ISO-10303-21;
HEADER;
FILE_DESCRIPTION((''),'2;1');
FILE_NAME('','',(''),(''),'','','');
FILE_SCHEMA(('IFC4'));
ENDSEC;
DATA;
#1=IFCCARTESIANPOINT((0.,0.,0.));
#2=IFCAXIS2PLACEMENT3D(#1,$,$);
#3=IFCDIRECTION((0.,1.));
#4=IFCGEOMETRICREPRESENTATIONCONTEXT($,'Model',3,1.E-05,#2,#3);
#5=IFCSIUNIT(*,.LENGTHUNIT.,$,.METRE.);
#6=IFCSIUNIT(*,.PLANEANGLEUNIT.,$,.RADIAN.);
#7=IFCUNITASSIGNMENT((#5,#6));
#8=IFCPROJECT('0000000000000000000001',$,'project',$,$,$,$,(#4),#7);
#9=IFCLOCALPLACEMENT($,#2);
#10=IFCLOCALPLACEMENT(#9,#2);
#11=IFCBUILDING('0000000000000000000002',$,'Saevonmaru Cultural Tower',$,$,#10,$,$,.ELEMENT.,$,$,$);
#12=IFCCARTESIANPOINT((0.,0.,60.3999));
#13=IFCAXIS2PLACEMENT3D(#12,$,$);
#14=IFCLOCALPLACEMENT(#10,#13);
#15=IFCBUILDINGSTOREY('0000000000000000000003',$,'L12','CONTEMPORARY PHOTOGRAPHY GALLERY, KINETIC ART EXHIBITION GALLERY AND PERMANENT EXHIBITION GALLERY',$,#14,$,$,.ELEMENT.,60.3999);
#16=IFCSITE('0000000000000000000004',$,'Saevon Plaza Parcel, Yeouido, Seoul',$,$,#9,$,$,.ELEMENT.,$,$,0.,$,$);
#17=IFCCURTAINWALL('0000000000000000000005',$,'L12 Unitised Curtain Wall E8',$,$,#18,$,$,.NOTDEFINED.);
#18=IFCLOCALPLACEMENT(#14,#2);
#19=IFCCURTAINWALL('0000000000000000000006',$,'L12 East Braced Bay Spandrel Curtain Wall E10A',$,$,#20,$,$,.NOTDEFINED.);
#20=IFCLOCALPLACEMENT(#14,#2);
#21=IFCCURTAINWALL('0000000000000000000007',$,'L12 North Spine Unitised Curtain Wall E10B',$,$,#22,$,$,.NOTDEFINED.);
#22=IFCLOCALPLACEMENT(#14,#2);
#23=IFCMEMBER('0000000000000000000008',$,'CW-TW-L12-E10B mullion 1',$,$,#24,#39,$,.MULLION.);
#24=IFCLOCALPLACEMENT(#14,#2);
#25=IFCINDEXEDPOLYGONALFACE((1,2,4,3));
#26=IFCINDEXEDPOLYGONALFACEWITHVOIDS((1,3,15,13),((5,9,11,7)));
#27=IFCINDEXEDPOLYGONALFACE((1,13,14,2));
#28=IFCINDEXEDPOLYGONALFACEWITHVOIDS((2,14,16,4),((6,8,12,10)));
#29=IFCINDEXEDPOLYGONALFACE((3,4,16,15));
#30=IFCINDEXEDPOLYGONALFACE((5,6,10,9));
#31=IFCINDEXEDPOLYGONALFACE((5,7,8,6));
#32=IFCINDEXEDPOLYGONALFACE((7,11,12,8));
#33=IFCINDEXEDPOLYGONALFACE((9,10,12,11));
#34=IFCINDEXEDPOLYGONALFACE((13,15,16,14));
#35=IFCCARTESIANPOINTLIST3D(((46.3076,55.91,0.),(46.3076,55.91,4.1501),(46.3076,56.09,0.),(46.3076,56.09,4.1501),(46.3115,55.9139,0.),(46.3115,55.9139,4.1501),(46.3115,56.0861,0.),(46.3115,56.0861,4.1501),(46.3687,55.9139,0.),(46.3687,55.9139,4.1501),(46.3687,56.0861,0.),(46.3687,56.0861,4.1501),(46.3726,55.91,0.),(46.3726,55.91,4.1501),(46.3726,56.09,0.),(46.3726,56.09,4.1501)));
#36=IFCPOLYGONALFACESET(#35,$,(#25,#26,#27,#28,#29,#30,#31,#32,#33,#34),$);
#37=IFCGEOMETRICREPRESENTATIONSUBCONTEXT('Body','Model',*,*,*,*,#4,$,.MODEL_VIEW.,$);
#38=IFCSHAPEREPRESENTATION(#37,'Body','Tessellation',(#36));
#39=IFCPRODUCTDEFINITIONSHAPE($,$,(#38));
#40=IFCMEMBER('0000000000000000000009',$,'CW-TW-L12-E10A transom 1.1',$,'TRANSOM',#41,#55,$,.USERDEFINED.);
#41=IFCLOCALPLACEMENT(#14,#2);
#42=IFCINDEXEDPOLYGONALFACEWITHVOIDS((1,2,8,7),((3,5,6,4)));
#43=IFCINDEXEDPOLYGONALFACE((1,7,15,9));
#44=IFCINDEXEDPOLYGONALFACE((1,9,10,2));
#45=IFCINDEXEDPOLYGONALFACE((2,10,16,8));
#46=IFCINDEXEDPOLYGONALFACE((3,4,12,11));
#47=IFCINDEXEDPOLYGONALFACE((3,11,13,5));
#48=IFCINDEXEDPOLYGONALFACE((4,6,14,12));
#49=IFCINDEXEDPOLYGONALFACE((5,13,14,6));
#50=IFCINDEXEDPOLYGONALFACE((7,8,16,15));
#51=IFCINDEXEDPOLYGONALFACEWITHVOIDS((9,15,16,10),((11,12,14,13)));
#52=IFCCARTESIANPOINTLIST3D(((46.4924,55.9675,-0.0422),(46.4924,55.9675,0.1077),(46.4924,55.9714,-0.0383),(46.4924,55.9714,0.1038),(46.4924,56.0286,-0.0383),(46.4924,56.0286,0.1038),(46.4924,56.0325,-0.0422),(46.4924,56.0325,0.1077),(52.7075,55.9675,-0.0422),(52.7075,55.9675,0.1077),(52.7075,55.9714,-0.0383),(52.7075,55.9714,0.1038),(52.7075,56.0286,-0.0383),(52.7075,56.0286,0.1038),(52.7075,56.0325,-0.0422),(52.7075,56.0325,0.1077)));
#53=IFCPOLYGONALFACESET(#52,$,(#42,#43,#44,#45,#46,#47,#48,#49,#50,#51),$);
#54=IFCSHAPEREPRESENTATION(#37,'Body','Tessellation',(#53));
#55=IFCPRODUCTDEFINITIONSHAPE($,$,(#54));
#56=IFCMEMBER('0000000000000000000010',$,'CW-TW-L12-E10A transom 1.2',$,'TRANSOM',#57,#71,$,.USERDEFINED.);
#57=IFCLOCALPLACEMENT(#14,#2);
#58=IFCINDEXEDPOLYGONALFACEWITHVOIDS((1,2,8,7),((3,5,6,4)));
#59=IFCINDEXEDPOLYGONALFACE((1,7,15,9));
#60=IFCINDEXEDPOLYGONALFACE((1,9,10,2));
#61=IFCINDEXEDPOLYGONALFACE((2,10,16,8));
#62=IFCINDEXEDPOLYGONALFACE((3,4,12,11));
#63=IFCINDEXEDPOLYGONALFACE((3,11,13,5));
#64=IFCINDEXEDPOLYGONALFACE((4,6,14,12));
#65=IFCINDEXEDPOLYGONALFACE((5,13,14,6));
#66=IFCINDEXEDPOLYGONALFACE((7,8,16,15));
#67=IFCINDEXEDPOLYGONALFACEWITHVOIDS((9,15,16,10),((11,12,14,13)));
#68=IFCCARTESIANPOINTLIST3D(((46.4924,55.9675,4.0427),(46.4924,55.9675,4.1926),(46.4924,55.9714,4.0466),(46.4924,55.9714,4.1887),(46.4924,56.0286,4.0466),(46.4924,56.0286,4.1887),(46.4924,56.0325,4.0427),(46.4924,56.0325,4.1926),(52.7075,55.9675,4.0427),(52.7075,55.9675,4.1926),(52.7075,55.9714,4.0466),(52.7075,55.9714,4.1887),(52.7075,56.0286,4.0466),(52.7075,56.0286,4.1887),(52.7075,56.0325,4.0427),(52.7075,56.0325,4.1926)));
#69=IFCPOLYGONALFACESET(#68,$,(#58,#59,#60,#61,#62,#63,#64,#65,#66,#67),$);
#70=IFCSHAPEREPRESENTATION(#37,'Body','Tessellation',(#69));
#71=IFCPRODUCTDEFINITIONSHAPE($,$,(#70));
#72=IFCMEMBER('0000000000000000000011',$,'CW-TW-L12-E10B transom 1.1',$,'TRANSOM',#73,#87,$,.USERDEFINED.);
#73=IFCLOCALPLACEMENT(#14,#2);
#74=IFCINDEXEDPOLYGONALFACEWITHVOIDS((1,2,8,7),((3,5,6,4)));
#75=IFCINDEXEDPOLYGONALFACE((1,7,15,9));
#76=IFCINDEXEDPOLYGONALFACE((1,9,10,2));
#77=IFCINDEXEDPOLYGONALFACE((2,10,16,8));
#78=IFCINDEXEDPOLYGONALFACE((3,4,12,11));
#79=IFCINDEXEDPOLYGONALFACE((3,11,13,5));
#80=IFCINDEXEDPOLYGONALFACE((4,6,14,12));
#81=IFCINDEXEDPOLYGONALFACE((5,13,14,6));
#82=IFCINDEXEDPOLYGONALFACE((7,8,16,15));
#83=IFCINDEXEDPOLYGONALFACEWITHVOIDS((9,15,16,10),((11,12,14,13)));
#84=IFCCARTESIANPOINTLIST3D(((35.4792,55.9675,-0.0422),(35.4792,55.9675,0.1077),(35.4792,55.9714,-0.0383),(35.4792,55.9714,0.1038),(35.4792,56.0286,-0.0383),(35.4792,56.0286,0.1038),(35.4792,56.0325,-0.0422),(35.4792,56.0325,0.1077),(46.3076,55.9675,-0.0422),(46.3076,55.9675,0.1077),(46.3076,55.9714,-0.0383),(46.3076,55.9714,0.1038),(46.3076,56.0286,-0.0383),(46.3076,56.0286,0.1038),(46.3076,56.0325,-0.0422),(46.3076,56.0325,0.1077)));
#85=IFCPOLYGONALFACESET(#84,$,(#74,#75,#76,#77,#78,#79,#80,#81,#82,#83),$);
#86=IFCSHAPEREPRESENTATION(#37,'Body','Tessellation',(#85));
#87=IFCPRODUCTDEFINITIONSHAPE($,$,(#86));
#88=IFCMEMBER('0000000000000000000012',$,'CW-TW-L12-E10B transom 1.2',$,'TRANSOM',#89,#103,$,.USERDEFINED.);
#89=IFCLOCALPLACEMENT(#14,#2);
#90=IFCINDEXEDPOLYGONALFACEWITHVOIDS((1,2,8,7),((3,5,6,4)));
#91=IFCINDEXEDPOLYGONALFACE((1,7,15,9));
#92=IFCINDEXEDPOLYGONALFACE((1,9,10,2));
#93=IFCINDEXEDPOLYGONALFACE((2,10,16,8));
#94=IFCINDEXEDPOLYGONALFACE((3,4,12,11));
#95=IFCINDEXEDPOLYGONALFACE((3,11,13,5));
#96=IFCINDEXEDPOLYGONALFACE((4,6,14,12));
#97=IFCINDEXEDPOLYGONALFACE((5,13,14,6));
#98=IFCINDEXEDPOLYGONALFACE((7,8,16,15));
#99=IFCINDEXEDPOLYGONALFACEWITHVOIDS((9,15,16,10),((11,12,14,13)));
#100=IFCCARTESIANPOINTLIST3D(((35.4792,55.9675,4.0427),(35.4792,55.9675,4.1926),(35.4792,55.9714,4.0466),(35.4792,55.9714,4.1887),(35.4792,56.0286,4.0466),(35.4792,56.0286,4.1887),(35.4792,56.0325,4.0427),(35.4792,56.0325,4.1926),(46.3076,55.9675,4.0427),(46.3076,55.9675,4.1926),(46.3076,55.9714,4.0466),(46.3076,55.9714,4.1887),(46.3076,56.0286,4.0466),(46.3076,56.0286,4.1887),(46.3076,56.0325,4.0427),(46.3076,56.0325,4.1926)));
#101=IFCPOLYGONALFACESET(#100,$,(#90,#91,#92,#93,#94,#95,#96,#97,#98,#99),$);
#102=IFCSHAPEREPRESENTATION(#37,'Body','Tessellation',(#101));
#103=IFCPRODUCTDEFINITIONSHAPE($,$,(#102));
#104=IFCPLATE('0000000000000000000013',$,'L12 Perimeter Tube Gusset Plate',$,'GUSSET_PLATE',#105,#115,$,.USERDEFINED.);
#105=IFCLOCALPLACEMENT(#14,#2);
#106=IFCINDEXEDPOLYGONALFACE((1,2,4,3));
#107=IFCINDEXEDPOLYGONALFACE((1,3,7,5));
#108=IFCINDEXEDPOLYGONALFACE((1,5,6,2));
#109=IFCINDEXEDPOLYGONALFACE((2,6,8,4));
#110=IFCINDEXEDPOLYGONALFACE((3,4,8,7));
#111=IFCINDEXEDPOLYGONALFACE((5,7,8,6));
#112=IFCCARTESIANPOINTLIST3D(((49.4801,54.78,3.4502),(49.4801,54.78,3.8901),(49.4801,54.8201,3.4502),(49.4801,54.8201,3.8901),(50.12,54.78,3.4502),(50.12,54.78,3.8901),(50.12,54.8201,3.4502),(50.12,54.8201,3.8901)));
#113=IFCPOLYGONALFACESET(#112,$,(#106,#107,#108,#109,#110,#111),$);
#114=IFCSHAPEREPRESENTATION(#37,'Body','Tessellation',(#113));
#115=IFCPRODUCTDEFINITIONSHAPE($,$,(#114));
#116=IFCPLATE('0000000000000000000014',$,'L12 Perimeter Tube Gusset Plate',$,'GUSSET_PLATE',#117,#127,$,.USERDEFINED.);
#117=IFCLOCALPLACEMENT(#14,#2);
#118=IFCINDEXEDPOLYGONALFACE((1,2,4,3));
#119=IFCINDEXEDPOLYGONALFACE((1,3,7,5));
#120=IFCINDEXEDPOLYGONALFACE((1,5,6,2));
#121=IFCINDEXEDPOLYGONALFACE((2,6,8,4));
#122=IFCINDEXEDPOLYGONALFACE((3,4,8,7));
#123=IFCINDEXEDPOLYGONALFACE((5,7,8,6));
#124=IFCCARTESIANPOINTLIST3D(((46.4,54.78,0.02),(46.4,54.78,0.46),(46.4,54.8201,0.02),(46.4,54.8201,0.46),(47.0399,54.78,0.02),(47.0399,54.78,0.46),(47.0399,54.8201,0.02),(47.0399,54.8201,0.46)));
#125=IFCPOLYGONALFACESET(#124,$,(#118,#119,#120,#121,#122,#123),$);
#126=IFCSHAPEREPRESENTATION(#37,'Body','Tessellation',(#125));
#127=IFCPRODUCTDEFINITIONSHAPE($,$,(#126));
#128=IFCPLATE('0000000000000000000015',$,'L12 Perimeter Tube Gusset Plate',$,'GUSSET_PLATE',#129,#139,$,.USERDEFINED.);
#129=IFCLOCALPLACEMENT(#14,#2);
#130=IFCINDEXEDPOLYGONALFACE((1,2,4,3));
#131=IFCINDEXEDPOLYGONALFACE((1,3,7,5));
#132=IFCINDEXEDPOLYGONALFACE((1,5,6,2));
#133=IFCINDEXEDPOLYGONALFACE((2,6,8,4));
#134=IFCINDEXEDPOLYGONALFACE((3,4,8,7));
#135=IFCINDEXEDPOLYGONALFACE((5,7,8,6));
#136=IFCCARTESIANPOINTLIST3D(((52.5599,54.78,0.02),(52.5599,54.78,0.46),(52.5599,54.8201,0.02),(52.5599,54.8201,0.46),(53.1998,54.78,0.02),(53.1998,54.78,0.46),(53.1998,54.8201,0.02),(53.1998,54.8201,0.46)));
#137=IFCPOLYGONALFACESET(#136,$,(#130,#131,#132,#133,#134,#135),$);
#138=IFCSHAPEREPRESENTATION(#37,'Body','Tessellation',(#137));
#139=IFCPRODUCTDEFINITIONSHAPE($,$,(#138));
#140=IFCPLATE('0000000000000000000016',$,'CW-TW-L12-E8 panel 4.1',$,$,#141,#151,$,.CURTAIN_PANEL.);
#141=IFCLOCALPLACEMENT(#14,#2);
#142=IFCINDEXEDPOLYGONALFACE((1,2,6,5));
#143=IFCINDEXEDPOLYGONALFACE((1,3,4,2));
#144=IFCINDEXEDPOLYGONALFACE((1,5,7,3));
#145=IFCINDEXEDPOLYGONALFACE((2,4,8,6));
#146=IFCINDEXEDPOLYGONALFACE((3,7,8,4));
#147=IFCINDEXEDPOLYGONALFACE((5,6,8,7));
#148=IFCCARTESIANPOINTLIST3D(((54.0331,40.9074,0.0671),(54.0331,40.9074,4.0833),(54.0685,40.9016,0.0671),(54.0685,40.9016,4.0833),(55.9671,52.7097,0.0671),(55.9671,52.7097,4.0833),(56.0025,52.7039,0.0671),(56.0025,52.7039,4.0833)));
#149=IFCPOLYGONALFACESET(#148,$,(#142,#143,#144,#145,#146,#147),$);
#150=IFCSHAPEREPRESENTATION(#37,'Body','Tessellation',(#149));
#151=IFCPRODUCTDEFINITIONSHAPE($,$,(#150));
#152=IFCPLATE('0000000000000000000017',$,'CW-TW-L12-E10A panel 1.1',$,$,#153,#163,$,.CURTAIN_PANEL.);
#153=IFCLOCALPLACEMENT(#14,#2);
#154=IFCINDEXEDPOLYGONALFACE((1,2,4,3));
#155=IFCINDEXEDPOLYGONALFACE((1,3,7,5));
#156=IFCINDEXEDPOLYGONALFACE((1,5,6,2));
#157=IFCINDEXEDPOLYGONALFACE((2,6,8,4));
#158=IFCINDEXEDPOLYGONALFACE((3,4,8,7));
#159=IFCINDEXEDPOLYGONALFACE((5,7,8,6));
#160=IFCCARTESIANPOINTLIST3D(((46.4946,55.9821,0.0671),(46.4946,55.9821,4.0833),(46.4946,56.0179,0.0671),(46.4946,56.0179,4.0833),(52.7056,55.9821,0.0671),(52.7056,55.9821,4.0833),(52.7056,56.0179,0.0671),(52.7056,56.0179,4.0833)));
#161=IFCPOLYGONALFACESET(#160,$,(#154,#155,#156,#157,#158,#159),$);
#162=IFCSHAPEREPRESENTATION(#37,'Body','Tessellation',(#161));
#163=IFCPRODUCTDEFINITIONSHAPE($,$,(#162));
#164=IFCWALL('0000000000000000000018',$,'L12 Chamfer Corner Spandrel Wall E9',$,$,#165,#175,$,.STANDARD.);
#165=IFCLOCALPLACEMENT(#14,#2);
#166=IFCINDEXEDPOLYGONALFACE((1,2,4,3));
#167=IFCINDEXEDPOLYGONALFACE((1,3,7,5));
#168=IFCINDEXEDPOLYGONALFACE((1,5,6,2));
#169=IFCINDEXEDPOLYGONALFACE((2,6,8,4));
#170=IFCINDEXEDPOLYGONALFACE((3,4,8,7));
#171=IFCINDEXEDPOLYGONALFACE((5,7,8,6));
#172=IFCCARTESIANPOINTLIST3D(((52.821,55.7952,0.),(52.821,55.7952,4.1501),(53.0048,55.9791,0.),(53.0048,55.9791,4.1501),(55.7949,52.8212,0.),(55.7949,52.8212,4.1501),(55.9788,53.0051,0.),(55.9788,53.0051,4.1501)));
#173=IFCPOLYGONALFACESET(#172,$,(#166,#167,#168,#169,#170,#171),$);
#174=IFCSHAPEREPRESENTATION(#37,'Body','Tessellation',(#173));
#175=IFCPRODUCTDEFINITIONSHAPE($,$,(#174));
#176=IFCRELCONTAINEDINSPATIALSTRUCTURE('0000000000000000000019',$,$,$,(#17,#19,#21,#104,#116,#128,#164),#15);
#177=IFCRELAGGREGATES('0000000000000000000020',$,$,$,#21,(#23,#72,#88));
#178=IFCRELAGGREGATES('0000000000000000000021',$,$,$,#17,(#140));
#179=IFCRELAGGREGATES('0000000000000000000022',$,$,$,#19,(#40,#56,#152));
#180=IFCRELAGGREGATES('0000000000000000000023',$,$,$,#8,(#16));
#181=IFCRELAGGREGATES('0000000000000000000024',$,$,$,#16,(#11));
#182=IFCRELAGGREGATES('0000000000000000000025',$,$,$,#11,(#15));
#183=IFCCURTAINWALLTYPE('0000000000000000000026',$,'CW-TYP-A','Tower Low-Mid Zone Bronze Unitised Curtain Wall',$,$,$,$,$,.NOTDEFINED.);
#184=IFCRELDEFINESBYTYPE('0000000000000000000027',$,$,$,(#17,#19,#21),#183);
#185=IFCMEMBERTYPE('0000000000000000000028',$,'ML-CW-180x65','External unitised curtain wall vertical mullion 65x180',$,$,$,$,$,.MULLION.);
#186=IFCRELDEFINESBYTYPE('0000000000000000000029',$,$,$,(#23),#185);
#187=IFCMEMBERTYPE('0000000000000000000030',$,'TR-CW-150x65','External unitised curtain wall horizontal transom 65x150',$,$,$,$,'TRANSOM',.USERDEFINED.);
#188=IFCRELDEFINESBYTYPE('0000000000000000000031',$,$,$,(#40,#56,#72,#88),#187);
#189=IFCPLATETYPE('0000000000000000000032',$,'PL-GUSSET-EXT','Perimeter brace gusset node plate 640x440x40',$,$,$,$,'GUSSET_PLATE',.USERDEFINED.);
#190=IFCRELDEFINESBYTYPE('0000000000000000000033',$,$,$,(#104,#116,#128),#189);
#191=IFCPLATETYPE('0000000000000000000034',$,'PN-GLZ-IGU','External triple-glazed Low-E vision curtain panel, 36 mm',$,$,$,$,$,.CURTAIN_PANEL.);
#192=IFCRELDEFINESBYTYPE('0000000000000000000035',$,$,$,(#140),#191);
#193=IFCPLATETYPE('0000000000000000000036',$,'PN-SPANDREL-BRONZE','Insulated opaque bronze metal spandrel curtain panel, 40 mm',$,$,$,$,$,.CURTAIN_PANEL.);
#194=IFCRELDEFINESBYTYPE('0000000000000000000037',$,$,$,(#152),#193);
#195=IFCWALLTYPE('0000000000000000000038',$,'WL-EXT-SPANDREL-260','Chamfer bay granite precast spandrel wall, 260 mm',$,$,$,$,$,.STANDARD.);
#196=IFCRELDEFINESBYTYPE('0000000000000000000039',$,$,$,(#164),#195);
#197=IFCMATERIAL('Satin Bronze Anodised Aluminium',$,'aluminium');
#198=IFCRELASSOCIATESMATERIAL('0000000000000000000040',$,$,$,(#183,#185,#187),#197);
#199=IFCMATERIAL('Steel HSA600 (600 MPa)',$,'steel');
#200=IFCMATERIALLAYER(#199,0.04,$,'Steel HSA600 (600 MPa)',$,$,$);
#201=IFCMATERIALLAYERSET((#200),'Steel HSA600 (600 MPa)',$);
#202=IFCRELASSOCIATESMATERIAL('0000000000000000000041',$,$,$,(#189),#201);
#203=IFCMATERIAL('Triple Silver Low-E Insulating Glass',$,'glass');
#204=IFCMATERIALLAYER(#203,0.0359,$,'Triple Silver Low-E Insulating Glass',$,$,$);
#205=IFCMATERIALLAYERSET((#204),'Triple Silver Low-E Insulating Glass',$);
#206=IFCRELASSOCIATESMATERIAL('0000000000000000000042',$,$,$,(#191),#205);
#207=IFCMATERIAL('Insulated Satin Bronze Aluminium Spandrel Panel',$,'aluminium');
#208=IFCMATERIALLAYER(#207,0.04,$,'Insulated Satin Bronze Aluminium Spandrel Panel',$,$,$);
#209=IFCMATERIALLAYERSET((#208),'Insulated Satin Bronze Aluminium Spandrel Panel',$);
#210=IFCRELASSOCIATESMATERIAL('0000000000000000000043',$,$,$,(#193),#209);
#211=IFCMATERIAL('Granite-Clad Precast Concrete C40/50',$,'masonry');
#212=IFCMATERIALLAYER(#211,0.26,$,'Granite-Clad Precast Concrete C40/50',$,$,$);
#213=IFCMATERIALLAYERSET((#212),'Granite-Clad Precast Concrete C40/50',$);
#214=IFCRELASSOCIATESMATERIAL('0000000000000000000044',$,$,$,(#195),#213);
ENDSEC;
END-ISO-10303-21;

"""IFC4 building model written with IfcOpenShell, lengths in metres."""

from ifc_helpers import new_model, si_unit, direction, frame, frame_2d, origin, origin_2d, place, context, subcontext, project, spatial, rectangle, hollow_rectangle, extrude, material, layer, layer_set, material_profile, profile_set, type_object, element, aggregate, save


model = new_model("IFC4")

# Units and contexts
model_context = context("Model", 3, precision=1e-05, world=origin(), true_north=direction((0.0, 1.0)))
body_context = subcontext(model_context, "Body", "Model", "MODEL_VIEW")
ifc_project = project(units=[si_unit("LENGTHUNIT", "METRE"), si_unit("PLANEANGLEUNIT", "RADIAN")], contexts=[model_context])

# Site, building, storey
site_placement = place(None, origin())
site = spatial("IfcSite", under=ifc_project, at=site_placement, Name="Saevon Plaza Parcel, Yeouido, Seoul", CompositionType="ELEMENT", RefElevation=0.0)
building_placement = place(site_placement, origin())
building = spatial("IfcBuilding", under=site, at=building_placement, Name="Saevonmaru Cultural Tower", CompositionType="ELEMENT")
storey_placement = place(building_placement, frame((0.0, 0.0, 60.3999)))
storey = spatial("IfcBuildingStorey", under=building, at=storey_placement, Name="L12", Description="CONTEMPORARY PHOTOGRAPHY GALLERY, KINETIC ART EXHIBITION GALLERY AND PERMANENT EXHIBITION GALLERY", CompositionType="ELEMENT", Elevation=60.3999)

# Shared definitions
ifc_material_1 = material(Name="Steel HSA600 (600 MPa)", Category="steel")

# Curtain wall
ifc_material_2 = material(Name="Satin Bronze Anodised Aluminium", Category="aluminium")
curtain_wall_type = type_object("IfcCurtainWallType", Name="CW-TYP-A", Description="Tower Low-Mid Zone Bronze Unitised Curtain Wall", PredefinedType="NOTDEFINED", material=ifc_material_2)
curtain_wall_1_placement = place(storey_placement, origin())
curtain_wall_1 = element("IfcCurtainWall", 1, at=curtain_wall_1_placement, inside=storey, type_object=curtain_wall_type, Name="L12 Unitised Curtain Wall E8", PredefinedType="NOTDEFINED")
ifc_material_profile_1 = material_profile(ifc_material_2, hollow_rectangle(XDim=0.0649, YDim=0.1799, WallThickness=0.0039, at=origin_2d()), Name="ALU-MULL-180x65x4")
ifc_profile_set_1 = profile_set([ifc_material_profile_1], Name="Satin Bronze Anodised Aluminium")
member_type_1 = type_object("IfcMemberType", Name="ML-CW-180x65", Description="External unitised curtain wall vertical mullion 65x180", PredefinedType="MULLION", material=ifc_profile_set_1)

# Curtain wall
curtain_wall_2_placement = place(storey_placement, origin())
curtain_wall_2 = element("IfcCurtainWall", 2, at=curtain_wall_2_placement, inside=storey, type_object=curtain_wall_type, Name="L12 East Braced Bay Spandrel Curtain Wall E10A", PredefinedType="NOTDEFINED")

# Curtain wall, member
curtain_wall_3_placement = place(storey_placement, origin())
curtain_wall_3 = element("IfcCurtainWall", 3, at=curtain_wall_3_placement, inside=storey, type_object=curtain_wall_type, Name="L12 North Spine Unitised Curtain Wall E10B", PredefinedType="NOTDEFINED")
member_1_placement = place(storey_placement, frame((46.3401, 56.0, 0.0), z_axis=(0.0, 0.0, 1.0), x_axis=(-1.0, 0.0, 0.0)))
member_1 = element("IfcMember", 4, at=member_1_placement, type_object=member_type_1, Name="CW-TW-L12-E10B mullion 1", PredefinedType="MULLION", context=body_context, shape_type="SweptSolid", body=[
    extrude(hollow_rectangle(XDim=0.0649, YDim=0.1799, WallThickness=0.0039, at=origin_2d()), origin(), (0.0, 0.0, 1.0), 4.1501),
])

# Members
ifc_material_profile_2 = material_profile(ifc_material_2, hollow_rectangle(XDim=0.0649, YDim=0.1499, WallThickness=0.0039, at=origin_2d()), Name="ALU-TRAN-150x65x4")
ifc_profile_set_2 = profile_set([ifc_material_profile_2], Name="Satin Bronze Anodised Aluminium")
member_type_2 = type_object("IfcMemberType", Name="TR-CW-150x65", Description="External unitised curtain wall horizontal transom 65x150", ElementType="TRANSOM", PredefinedType="USERDEFINED", material=ifc_profile_set_2)
member_2_placement = place(storey_placement, frame((52.7075, 56.0, 0.0327), z_axis=(-1.0, 0.0, 0.0), x_axis=(0.0, -1.0, 0.0)))
member_2 = element("IfcMember", 5, at=member_2_placement, type_object=member_type_2, Name="CW-TW-L12-E10A transom 1.1", ObjectType="TRANSOM", PredefinedType="USERDEFINED", context=body_context, shape_type="SweptSolid", body=[
    extrude(hollow_rectangle(XDim=0.0649, YDim=0.1499, WallThickness=0.0039, at=origin_2d()), origin(), (0.0, 0.0, 1.0), 6.2151),
])
member_3_placement = place(storey_placement, frame((52.7075, 56.0, 4.1177), z_axis=(-1.0, 0.0, 0.0), x_axis=(0.0, -1.0, 0.0)))
member_3 = element("IfcMember", 6, at=member_3_placement, type_object=member_type_2, Name="CW-TW-L12-E10A transom 1.2", ObjectType="TRANSOM", PredefinedType="USERDEFINED", context=body_context, shape_type="SweptSolid", body=[
    extrude(hollow_rectangle(XDim=0.0649, YDim=0.1499, WallThickness=0.0039, at=origin_2d()), origin(), (0.0, 0.0, 1.0), 6.2151),
])
member_4_placement = place(storey_placement, frame((46.3076, 56.0, 0.0327), z_axis=(-1.0, 0.0, 0.0), x_axis=(0.0, -1.0, 0.0)))
member_4 = element("IfcMember", 7, at=member_4_placement, type_object=member_type_2, Name="CW-TW-L12-E10B transom 1.1", ObjectType="TRANSOM", PredefinedType="USERDEFINED", context=body_context, shape_type="SweptSolid", body=[
    extrude(hollow_rectangle(XDim=0.0649, YDim=0.1499, WallThickness=0.0039, at=origin_2d()), origin(), (0.0, 0.0, 1.0), 10.8284),
])
member_5_placement = place(storey_placement, frame((46.3076, 56.0, 4.1177), z_axis=(-1.0, 0.0, 0.0), x_axis=(0.0, -1.0, 0.0)))
member_5 = element("IfcMember", 8, at=member_5_placement, type_object=member_type_2, Name="CW-TW-L12-E10B transom 1.2", ObjectType="TRANSOM", PredefinedType="USERDEFINED", context=body_context, shape_type="SweptSolid", body=[
    extrude(hollow_rectangle(XDim=0.0649, YDim=0.1499, WallThickness=0.0039, at=origin_2d()), origin(), (0.0, 0.0, 1.0), 10.8284),
])
aggregate(curtain_wall_3, [member_1, member_4, member_5])

# Plates
ifc_layer_1 = layer(ifc_material_1, 0.04, Name="Steel HSA600 (600 MPa)")
ifc_layer_set_1 = layer_set([ifc_layer_1], Name="Steel HSA600 (600 MPa)")
plate_type_1 = type_object("IfcPlateType", Name="PL-GUSSET-EXT", Description="Perimeter brace gusset node plate 640x440x40", ElementType="GUSSET_PLATE", PredefinedType="USERDEFINED", material=ifc_layer_set_1)
for number, where, z_axis, x_axis, name in (
    (9, (49.8, 54.8, 3.4502), (0.0, 0.0, 1.0), (1.0, 0.0, 0.0), "L12 Perimeter Tube Gusset Plate"),
    (10, (46.72, 54.8, 0.02), (0.0, 0.0, 1.0), (1.0, 0.0, 0.0), "L12 Perimeter Tube Gusset Plate"),
    (11, (52.8799, 54.8, 0.02), (0.0, 0.0, 1.0), (1.0, 0.0, 0.0), "L12 Perimeter Tube Gusset Plate"),
):
    element("IfcPlate", number, at=place(storey_placement, frame(where, z_axis=z_axis, x_axis=x_axis)), inside=storey, type_object=plate_type_1, Name=name, ObjectType="GUSSET_PLATE", PredefinedType="USERDEFINED", context=body_context, shape_type="SweptSolid", body=[
        extrude(rectangle(XDim=0.6399, YDim=0.04, at=origin_2d()), origin(), (0.0, 0.0, 1.0), 0.4399),
    ])

# Plates
ifc_material_3 = material(Name="Triple Silver Low-E Insulating Glass", Category="glass")
ifc_layer_2 = layer(ifc_material_3, 0.0359, Name="Triple Silver Low-E Insulating Glass")
ifc_layer_set_2 = layer_set([ifc_layer_2], Name="Triple Silver Low-E Insulating Glass")
plate_type_2 = type_object("IfcPlateType", Name="PN-GLZ-IGU", Description="External triple-glazed Low-E vision curtain panel, 36 mm", PredefinedType="CURTAIN_PANEL", material=ifc_layer_set_2)
plate_1_placement = place(storey_placement, frame((55.0178, 46.8057, 0.0671), z_axis=(0.0, 0.0, 1.0), x_axis=(0.161709, 0.986839, 0.0)))
plate_1 = element("IfcPlate", 12, at=plate_1_placement, type_object=plate_type_2, Name="CW-TW-L12-E8 panel 4.1", PredefinedType="CURTAIN_PANEL", context=body_context, shape_type="SweptSolid", body=[
    extrude(rectangle(XDim=11.9597, YDim=0.0359, at=origin_2d()), origin(), (0.0, 0.0, 1.0), 4.0161),
])
aggregate(curtain_wall_1, [plate_1])
ifc_material_4 = material(Name="Insulated Satin Bronze Aluminium Spandrel Panel", Category="aluminium")
ifc_layer_3 = layer(ifc_material_4, 0.04, Name="Insulated Satin Bronze Aluminium Spandrel Panel")
ifc_layer_set_3 = layer_set([ifc_layer_3], Name="Insulated Satin Bronze Aluminium Spandrel Panel")
plate_type_3 = type_object("IfcPlateType", Name="PN-SPANDREL-BRONZE", Description="Insulated opaque bronze metal spandrel curtain panel, 40 mm", PredefinedType="CURTAIN_PANEL", material=ifc_layer_set_3)
plate_2_placement = place(storey_placement, frame((49.6001, 56.0, 0.0671), z_axis=(0.0, 0.0, 1.0), x_axis=(-1.0, 0.0, 0.0)))
plate_2 = element("IfcPlate", 13, at=plate_2_placement, type_object=plate_type_3, Name="CW-TW-L12-E10A panel 1.1", PredefinedType="CURTAIN_PANEL", context=body_context, shape_type="SweptSolid", body=[
    extrude(rectangle(XDim=6.2109, YDim=0.0359, at=origin_2d()), origin(), (0.0, 0.0, 1.0), 4.0161),
])
aggregate(curtain_wall_2, [member_2, member_3, plate_2])

# Wall
ifc_material_5 = material(Name="Granite-Clad Precast Concrete C40/50", Category="masonry")
ifc_layer_4 = layer(ifc_material_5, 0.26, Name="Granite-Clad Precast Concrete C40/50")
ifc_layer_set_4 = layer_set([ifc_layer_4], Name="Granite-Clad Precast Concrete C40/50")
wall_type_1 = type_object("IfcWallType", Name="WL-EXT-SPANDREL-260", Description="Chamfer bay granite precast spandrel wall, 260 mm", PredefinedType="STANDARD", material=ifc_layer_set_4)
wall_1_placement = place(storey_placement, frame((55.887, 52.9131, 0.0), z_axis=(0.0, 0.0, 1.0), x_axis=(-0.707107, 0.707107, 0.0)))
element("IfcWall", 14, at=wall_1_placement, inside=storey, type_object=wall_type_1, Name="L12 Chamfer Corner Spandrel Wall E9", PredefinedType="STANDARD", context=body_context, shape_type="SweptSolid", body=[
    extrude(rectangle(XDim=4.2058, YDim=0.26, at=frame_2d((2.103, 0.0))), origin(), (0.0, 0.0, 1.0), 4.1501),
])

save(model, "model.ifc")
